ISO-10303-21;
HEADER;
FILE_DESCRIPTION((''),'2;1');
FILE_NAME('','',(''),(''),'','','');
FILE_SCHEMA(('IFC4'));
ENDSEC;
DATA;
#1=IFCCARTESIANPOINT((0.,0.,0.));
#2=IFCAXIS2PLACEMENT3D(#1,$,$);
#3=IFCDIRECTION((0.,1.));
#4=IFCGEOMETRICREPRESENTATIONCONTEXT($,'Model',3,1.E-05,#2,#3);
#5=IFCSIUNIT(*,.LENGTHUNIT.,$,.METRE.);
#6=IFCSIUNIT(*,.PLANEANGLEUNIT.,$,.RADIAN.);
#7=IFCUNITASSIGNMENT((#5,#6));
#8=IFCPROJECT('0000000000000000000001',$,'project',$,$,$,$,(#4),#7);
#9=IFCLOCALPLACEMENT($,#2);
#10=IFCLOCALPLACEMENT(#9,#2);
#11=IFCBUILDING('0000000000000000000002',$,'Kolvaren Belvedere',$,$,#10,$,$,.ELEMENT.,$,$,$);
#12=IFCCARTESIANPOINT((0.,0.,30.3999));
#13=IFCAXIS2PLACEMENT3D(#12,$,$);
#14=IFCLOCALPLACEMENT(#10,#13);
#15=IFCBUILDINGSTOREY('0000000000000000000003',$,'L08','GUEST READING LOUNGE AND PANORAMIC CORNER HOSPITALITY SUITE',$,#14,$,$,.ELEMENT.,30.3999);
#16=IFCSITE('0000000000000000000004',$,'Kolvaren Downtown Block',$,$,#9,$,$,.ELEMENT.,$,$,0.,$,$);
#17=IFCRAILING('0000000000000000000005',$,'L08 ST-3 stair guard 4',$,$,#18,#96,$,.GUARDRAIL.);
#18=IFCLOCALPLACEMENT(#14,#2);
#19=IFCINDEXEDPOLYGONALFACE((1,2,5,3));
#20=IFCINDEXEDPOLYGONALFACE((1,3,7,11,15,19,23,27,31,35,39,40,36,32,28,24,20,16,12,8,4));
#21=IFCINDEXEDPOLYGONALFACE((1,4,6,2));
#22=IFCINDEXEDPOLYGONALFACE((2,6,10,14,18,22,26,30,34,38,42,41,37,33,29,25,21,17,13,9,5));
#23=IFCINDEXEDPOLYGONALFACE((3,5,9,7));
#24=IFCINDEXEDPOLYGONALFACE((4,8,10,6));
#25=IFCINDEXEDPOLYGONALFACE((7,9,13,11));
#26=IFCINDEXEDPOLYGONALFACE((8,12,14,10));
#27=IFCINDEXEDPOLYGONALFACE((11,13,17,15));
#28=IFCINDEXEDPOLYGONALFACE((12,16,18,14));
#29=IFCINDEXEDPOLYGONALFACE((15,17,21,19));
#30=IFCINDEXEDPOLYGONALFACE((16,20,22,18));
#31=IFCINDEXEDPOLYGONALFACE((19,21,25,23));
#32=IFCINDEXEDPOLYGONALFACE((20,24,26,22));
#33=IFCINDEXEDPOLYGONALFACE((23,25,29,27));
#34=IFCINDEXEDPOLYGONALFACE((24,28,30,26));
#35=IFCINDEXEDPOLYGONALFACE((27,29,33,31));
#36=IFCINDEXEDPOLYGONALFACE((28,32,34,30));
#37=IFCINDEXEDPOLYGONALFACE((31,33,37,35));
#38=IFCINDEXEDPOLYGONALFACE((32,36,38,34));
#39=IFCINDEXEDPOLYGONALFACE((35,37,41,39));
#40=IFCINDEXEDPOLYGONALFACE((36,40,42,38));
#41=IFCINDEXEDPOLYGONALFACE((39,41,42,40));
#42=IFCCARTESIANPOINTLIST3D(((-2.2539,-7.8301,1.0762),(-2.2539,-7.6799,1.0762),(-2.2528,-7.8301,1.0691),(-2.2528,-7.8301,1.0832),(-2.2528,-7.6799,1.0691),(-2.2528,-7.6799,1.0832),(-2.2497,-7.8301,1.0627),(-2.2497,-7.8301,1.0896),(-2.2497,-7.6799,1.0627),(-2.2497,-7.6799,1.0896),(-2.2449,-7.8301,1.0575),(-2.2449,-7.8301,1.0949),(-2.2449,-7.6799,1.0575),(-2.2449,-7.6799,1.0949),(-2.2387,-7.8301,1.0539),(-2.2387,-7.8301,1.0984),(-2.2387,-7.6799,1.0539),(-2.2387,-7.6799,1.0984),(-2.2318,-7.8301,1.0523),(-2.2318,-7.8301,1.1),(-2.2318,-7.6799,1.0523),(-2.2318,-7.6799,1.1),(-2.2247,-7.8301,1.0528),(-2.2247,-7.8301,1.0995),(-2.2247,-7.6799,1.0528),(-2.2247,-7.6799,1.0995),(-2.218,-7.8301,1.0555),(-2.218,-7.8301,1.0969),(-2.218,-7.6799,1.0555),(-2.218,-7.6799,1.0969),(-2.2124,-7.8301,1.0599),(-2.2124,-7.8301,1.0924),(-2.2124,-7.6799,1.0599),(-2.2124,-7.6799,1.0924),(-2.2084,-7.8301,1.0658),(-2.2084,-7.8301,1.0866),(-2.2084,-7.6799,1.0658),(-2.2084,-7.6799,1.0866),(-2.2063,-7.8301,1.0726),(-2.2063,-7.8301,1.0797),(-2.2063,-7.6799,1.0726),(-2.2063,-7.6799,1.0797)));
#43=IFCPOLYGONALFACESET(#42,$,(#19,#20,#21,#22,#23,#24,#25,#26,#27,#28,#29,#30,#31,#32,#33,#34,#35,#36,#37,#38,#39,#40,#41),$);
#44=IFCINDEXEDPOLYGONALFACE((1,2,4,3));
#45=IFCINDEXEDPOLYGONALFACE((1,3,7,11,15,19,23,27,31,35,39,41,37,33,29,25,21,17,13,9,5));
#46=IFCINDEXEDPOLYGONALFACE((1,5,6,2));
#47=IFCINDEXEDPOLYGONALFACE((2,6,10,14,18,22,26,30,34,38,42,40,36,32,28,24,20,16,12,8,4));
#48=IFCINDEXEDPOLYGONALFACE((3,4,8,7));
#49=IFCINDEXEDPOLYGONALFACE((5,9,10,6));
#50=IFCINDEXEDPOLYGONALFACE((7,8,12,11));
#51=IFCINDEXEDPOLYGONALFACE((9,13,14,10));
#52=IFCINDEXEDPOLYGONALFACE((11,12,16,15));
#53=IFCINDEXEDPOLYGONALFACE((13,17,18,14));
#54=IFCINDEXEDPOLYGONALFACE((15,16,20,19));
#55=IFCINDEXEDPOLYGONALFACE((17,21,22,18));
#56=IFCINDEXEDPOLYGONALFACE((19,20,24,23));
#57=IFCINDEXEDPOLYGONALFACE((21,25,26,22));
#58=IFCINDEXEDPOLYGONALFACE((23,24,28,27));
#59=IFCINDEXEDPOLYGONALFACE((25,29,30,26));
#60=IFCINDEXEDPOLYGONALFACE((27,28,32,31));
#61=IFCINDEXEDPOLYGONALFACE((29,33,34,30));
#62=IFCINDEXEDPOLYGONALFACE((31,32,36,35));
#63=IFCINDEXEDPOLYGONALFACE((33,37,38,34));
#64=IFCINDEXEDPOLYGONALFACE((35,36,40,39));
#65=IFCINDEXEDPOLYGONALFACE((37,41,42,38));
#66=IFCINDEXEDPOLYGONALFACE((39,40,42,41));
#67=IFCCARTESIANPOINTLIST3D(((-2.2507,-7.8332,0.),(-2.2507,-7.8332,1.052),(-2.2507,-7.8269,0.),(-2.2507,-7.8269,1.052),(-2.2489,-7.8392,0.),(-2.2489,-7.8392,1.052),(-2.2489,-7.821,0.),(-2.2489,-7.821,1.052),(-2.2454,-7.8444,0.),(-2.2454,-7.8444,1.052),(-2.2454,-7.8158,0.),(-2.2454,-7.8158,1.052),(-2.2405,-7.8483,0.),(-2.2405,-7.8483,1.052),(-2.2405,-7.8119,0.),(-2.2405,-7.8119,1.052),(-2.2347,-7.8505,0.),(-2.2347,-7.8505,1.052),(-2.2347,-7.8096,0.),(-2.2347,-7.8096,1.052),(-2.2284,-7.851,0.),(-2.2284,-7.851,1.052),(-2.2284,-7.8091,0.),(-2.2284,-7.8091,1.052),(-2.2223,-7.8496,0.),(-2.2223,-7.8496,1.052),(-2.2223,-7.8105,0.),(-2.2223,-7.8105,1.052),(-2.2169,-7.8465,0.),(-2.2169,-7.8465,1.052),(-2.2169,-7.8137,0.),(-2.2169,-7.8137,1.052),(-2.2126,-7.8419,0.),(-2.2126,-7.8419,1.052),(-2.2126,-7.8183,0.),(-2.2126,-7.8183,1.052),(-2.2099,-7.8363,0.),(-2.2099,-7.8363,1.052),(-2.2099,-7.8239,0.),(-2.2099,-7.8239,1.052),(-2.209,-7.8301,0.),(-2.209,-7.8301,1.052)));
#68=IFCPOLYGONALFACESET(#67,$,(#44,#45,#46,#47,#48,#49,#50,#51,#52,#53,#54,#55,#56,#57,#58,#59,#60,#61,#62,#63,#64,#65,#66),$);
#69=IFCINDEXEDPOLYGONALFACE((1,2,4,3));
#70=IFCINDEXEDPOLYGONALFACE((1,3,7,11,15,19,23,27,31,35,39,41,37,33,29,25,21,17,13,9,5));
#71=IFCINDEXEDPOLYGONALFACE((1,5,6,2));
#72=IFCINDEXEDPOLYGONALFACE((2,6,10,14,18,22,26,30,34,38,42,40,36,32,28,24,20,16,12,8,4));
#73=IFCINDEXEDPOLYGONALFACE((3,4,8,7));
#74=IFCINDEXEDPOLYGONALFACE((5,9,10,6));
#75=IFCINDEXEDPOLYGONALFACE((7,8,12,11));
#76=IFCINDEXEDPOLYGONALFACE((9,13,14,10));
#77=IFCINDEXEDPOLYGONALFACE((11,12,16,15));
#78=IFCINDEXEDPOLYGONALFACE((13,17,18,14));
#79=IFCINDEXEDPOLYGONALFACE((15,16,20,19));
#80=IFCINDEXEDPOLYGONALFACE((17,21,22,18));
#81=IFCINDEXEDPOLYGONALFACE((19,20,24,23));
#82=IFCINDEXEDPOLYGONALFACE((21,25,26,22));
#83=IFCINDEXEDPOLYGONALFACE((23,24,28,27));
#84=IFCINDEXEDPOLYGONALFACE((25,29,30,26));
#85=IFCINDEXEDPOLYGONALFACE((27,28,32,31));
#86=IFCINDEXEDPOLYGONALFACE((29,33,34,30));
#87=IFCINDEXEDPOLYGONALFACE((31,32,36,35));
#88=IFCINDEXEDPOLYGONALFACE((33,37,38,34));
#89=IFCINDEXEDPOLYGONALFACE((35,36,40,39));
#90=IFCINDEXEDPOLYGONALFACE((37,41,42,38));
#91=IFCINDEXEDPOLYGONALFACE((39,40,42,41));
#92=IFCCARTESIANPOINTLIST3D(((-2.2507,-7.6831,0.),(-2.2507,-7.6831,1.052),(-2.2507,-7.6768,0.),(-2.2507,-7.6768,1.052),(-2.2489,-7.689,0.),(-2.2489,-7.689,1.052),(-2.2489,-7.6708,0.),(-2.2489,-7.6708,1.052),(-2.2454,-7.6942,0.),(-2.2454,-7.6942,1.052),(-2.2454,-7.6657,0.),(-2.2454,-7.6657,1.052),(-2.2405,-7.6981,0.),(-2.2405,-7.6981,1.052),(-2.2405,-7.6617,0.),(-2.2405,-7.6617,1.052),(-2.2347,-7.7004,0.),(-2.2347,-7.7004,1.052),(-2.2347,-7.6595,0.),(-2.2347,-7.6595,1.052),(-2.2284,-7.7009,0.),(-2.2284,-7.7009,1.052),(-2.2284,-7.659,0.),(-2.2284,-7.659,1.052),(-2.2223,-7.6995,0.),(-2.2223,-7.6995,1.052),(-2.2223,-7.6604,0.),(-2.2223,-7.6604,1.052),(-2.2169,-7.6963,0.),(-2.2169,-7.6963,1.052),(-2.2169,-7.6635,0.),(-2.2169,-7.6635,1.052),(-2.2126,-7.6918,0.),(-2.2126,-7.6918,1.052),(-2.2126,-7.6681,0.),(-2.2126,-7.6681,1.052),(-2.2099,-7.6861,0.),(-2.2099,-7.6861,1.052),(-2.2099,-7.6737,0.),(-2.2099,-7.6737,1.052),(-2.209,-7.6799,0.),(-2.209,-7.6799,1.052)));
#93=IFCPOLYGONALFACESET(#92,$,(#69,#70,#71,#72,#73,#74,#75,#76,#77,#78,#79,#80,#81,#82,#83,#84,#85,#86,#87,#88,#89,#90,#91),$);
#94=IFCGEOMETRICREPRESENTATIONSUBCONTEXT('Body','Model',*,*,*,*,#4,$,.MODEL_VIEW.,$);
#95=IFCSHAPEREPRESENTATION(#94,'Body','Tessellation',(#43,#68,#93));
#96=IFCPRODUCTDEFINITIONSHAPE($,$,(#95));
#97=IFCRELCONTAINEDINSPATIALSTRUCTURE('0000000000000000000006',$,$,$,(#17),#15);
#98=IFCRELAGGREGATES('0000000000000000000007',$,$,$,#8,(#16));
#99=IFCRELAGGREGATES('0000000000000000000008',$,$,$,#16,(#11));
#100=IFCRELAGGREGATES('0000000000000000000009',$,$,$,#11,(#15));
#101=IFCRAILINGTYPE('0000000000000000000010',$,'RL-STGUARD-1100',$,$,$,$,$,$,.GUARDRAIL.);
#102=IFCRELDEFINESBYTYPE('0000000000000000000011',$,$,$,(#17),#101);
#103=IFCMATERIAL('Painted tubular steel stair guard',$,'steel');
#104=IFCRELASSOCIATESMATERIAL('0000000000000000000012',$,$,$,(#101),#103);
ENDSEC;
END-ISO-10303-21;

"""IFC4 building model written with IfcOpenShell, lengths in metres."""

from ifc_helpers import new_model, si_unit, direction, frame, origin, origin_2d, place, context, subcontext, project, spatial, circle, extrude, material, type_object, element, save


model = new_model("IFC4")

# Units and contexts
model_context = context("Model", 3, precision=1e-05, world=origin(), true_north=direction((0.0, 1.0)))
body_context = subcontext(model_context, "Body", "Model", "MODEL_VIEW")
ifc_project = project(units=[si_unit("LENGTHUNIT", "METRE"), si_unit("PLANEANGLEUNIT", "RADIAN")], contexts=[model_context])

# Site, building, storey
site_placement = place(None, origin())
site = spatial("IfcSite", under=ifc_project, at=site_placement, Name="Kolvaren Downtown Block", CompositionType="ELEMENT", RefElevation=0.0)
building_placement = place(site_placement, origin())
building = spatial("IfcBuilding", under=site, at=building_placement, Name="Kolvaren Belvedere", CompositionType="ELEMENT")
storey_placement = place(building_placement, frame((0.0, 0.0, 30.3999)))
storey = spatial("IfcBuildingStorey", under=building, at=storey_placement, Name="L08", Description="GUEST READING LOUNGE AND PANORAMIC CORNER HOSPITALITY SUITE", CompositionType="ELEMENT", Elevation=30.3999)

# Railing
ifc_material_1 = material(Name="Painted tubular steel stair guard", Category="steel")
railing_type_1 = type_object("IfcRailingType", Name="RL-STGUARD-1100", PredefinedType="GUARDRAIL", material=ifc_material_1)
railing_1_placement = place(storey_placement, frame((-2.23, -7.8301, 0.0)))
element("IfcRailing", 1, at=railing_1_placement, inside=storey, type_object=railing_type_1, Name="L08 ST-3 stair guard 4", PredefinedType="GUARDRAIL", context=body_context, shape_type="SweptSolid", body=[
    extrude(circle(Radius=0.0239, at=origin_2d()), frame((0.0, 0.0, 1.0762), z_axis=(0.0, 1.0, 0.0), x_axis=(-1.0, 0.0, 0.0)), (0.0, 0.0, 1.0), 0.1501),
    extrude(circle(Radius=0.021, at=origin_2d()), origin(), (0.0, 0.0, 1.0), 1.052),
    extrude(circle(Radius=0.021, at=origin_2d()), frame((0.0, 0.1501, 0.0)), (0.0, 0.0, 1.0), 1.052),
])

save(model, "model.ifc")
